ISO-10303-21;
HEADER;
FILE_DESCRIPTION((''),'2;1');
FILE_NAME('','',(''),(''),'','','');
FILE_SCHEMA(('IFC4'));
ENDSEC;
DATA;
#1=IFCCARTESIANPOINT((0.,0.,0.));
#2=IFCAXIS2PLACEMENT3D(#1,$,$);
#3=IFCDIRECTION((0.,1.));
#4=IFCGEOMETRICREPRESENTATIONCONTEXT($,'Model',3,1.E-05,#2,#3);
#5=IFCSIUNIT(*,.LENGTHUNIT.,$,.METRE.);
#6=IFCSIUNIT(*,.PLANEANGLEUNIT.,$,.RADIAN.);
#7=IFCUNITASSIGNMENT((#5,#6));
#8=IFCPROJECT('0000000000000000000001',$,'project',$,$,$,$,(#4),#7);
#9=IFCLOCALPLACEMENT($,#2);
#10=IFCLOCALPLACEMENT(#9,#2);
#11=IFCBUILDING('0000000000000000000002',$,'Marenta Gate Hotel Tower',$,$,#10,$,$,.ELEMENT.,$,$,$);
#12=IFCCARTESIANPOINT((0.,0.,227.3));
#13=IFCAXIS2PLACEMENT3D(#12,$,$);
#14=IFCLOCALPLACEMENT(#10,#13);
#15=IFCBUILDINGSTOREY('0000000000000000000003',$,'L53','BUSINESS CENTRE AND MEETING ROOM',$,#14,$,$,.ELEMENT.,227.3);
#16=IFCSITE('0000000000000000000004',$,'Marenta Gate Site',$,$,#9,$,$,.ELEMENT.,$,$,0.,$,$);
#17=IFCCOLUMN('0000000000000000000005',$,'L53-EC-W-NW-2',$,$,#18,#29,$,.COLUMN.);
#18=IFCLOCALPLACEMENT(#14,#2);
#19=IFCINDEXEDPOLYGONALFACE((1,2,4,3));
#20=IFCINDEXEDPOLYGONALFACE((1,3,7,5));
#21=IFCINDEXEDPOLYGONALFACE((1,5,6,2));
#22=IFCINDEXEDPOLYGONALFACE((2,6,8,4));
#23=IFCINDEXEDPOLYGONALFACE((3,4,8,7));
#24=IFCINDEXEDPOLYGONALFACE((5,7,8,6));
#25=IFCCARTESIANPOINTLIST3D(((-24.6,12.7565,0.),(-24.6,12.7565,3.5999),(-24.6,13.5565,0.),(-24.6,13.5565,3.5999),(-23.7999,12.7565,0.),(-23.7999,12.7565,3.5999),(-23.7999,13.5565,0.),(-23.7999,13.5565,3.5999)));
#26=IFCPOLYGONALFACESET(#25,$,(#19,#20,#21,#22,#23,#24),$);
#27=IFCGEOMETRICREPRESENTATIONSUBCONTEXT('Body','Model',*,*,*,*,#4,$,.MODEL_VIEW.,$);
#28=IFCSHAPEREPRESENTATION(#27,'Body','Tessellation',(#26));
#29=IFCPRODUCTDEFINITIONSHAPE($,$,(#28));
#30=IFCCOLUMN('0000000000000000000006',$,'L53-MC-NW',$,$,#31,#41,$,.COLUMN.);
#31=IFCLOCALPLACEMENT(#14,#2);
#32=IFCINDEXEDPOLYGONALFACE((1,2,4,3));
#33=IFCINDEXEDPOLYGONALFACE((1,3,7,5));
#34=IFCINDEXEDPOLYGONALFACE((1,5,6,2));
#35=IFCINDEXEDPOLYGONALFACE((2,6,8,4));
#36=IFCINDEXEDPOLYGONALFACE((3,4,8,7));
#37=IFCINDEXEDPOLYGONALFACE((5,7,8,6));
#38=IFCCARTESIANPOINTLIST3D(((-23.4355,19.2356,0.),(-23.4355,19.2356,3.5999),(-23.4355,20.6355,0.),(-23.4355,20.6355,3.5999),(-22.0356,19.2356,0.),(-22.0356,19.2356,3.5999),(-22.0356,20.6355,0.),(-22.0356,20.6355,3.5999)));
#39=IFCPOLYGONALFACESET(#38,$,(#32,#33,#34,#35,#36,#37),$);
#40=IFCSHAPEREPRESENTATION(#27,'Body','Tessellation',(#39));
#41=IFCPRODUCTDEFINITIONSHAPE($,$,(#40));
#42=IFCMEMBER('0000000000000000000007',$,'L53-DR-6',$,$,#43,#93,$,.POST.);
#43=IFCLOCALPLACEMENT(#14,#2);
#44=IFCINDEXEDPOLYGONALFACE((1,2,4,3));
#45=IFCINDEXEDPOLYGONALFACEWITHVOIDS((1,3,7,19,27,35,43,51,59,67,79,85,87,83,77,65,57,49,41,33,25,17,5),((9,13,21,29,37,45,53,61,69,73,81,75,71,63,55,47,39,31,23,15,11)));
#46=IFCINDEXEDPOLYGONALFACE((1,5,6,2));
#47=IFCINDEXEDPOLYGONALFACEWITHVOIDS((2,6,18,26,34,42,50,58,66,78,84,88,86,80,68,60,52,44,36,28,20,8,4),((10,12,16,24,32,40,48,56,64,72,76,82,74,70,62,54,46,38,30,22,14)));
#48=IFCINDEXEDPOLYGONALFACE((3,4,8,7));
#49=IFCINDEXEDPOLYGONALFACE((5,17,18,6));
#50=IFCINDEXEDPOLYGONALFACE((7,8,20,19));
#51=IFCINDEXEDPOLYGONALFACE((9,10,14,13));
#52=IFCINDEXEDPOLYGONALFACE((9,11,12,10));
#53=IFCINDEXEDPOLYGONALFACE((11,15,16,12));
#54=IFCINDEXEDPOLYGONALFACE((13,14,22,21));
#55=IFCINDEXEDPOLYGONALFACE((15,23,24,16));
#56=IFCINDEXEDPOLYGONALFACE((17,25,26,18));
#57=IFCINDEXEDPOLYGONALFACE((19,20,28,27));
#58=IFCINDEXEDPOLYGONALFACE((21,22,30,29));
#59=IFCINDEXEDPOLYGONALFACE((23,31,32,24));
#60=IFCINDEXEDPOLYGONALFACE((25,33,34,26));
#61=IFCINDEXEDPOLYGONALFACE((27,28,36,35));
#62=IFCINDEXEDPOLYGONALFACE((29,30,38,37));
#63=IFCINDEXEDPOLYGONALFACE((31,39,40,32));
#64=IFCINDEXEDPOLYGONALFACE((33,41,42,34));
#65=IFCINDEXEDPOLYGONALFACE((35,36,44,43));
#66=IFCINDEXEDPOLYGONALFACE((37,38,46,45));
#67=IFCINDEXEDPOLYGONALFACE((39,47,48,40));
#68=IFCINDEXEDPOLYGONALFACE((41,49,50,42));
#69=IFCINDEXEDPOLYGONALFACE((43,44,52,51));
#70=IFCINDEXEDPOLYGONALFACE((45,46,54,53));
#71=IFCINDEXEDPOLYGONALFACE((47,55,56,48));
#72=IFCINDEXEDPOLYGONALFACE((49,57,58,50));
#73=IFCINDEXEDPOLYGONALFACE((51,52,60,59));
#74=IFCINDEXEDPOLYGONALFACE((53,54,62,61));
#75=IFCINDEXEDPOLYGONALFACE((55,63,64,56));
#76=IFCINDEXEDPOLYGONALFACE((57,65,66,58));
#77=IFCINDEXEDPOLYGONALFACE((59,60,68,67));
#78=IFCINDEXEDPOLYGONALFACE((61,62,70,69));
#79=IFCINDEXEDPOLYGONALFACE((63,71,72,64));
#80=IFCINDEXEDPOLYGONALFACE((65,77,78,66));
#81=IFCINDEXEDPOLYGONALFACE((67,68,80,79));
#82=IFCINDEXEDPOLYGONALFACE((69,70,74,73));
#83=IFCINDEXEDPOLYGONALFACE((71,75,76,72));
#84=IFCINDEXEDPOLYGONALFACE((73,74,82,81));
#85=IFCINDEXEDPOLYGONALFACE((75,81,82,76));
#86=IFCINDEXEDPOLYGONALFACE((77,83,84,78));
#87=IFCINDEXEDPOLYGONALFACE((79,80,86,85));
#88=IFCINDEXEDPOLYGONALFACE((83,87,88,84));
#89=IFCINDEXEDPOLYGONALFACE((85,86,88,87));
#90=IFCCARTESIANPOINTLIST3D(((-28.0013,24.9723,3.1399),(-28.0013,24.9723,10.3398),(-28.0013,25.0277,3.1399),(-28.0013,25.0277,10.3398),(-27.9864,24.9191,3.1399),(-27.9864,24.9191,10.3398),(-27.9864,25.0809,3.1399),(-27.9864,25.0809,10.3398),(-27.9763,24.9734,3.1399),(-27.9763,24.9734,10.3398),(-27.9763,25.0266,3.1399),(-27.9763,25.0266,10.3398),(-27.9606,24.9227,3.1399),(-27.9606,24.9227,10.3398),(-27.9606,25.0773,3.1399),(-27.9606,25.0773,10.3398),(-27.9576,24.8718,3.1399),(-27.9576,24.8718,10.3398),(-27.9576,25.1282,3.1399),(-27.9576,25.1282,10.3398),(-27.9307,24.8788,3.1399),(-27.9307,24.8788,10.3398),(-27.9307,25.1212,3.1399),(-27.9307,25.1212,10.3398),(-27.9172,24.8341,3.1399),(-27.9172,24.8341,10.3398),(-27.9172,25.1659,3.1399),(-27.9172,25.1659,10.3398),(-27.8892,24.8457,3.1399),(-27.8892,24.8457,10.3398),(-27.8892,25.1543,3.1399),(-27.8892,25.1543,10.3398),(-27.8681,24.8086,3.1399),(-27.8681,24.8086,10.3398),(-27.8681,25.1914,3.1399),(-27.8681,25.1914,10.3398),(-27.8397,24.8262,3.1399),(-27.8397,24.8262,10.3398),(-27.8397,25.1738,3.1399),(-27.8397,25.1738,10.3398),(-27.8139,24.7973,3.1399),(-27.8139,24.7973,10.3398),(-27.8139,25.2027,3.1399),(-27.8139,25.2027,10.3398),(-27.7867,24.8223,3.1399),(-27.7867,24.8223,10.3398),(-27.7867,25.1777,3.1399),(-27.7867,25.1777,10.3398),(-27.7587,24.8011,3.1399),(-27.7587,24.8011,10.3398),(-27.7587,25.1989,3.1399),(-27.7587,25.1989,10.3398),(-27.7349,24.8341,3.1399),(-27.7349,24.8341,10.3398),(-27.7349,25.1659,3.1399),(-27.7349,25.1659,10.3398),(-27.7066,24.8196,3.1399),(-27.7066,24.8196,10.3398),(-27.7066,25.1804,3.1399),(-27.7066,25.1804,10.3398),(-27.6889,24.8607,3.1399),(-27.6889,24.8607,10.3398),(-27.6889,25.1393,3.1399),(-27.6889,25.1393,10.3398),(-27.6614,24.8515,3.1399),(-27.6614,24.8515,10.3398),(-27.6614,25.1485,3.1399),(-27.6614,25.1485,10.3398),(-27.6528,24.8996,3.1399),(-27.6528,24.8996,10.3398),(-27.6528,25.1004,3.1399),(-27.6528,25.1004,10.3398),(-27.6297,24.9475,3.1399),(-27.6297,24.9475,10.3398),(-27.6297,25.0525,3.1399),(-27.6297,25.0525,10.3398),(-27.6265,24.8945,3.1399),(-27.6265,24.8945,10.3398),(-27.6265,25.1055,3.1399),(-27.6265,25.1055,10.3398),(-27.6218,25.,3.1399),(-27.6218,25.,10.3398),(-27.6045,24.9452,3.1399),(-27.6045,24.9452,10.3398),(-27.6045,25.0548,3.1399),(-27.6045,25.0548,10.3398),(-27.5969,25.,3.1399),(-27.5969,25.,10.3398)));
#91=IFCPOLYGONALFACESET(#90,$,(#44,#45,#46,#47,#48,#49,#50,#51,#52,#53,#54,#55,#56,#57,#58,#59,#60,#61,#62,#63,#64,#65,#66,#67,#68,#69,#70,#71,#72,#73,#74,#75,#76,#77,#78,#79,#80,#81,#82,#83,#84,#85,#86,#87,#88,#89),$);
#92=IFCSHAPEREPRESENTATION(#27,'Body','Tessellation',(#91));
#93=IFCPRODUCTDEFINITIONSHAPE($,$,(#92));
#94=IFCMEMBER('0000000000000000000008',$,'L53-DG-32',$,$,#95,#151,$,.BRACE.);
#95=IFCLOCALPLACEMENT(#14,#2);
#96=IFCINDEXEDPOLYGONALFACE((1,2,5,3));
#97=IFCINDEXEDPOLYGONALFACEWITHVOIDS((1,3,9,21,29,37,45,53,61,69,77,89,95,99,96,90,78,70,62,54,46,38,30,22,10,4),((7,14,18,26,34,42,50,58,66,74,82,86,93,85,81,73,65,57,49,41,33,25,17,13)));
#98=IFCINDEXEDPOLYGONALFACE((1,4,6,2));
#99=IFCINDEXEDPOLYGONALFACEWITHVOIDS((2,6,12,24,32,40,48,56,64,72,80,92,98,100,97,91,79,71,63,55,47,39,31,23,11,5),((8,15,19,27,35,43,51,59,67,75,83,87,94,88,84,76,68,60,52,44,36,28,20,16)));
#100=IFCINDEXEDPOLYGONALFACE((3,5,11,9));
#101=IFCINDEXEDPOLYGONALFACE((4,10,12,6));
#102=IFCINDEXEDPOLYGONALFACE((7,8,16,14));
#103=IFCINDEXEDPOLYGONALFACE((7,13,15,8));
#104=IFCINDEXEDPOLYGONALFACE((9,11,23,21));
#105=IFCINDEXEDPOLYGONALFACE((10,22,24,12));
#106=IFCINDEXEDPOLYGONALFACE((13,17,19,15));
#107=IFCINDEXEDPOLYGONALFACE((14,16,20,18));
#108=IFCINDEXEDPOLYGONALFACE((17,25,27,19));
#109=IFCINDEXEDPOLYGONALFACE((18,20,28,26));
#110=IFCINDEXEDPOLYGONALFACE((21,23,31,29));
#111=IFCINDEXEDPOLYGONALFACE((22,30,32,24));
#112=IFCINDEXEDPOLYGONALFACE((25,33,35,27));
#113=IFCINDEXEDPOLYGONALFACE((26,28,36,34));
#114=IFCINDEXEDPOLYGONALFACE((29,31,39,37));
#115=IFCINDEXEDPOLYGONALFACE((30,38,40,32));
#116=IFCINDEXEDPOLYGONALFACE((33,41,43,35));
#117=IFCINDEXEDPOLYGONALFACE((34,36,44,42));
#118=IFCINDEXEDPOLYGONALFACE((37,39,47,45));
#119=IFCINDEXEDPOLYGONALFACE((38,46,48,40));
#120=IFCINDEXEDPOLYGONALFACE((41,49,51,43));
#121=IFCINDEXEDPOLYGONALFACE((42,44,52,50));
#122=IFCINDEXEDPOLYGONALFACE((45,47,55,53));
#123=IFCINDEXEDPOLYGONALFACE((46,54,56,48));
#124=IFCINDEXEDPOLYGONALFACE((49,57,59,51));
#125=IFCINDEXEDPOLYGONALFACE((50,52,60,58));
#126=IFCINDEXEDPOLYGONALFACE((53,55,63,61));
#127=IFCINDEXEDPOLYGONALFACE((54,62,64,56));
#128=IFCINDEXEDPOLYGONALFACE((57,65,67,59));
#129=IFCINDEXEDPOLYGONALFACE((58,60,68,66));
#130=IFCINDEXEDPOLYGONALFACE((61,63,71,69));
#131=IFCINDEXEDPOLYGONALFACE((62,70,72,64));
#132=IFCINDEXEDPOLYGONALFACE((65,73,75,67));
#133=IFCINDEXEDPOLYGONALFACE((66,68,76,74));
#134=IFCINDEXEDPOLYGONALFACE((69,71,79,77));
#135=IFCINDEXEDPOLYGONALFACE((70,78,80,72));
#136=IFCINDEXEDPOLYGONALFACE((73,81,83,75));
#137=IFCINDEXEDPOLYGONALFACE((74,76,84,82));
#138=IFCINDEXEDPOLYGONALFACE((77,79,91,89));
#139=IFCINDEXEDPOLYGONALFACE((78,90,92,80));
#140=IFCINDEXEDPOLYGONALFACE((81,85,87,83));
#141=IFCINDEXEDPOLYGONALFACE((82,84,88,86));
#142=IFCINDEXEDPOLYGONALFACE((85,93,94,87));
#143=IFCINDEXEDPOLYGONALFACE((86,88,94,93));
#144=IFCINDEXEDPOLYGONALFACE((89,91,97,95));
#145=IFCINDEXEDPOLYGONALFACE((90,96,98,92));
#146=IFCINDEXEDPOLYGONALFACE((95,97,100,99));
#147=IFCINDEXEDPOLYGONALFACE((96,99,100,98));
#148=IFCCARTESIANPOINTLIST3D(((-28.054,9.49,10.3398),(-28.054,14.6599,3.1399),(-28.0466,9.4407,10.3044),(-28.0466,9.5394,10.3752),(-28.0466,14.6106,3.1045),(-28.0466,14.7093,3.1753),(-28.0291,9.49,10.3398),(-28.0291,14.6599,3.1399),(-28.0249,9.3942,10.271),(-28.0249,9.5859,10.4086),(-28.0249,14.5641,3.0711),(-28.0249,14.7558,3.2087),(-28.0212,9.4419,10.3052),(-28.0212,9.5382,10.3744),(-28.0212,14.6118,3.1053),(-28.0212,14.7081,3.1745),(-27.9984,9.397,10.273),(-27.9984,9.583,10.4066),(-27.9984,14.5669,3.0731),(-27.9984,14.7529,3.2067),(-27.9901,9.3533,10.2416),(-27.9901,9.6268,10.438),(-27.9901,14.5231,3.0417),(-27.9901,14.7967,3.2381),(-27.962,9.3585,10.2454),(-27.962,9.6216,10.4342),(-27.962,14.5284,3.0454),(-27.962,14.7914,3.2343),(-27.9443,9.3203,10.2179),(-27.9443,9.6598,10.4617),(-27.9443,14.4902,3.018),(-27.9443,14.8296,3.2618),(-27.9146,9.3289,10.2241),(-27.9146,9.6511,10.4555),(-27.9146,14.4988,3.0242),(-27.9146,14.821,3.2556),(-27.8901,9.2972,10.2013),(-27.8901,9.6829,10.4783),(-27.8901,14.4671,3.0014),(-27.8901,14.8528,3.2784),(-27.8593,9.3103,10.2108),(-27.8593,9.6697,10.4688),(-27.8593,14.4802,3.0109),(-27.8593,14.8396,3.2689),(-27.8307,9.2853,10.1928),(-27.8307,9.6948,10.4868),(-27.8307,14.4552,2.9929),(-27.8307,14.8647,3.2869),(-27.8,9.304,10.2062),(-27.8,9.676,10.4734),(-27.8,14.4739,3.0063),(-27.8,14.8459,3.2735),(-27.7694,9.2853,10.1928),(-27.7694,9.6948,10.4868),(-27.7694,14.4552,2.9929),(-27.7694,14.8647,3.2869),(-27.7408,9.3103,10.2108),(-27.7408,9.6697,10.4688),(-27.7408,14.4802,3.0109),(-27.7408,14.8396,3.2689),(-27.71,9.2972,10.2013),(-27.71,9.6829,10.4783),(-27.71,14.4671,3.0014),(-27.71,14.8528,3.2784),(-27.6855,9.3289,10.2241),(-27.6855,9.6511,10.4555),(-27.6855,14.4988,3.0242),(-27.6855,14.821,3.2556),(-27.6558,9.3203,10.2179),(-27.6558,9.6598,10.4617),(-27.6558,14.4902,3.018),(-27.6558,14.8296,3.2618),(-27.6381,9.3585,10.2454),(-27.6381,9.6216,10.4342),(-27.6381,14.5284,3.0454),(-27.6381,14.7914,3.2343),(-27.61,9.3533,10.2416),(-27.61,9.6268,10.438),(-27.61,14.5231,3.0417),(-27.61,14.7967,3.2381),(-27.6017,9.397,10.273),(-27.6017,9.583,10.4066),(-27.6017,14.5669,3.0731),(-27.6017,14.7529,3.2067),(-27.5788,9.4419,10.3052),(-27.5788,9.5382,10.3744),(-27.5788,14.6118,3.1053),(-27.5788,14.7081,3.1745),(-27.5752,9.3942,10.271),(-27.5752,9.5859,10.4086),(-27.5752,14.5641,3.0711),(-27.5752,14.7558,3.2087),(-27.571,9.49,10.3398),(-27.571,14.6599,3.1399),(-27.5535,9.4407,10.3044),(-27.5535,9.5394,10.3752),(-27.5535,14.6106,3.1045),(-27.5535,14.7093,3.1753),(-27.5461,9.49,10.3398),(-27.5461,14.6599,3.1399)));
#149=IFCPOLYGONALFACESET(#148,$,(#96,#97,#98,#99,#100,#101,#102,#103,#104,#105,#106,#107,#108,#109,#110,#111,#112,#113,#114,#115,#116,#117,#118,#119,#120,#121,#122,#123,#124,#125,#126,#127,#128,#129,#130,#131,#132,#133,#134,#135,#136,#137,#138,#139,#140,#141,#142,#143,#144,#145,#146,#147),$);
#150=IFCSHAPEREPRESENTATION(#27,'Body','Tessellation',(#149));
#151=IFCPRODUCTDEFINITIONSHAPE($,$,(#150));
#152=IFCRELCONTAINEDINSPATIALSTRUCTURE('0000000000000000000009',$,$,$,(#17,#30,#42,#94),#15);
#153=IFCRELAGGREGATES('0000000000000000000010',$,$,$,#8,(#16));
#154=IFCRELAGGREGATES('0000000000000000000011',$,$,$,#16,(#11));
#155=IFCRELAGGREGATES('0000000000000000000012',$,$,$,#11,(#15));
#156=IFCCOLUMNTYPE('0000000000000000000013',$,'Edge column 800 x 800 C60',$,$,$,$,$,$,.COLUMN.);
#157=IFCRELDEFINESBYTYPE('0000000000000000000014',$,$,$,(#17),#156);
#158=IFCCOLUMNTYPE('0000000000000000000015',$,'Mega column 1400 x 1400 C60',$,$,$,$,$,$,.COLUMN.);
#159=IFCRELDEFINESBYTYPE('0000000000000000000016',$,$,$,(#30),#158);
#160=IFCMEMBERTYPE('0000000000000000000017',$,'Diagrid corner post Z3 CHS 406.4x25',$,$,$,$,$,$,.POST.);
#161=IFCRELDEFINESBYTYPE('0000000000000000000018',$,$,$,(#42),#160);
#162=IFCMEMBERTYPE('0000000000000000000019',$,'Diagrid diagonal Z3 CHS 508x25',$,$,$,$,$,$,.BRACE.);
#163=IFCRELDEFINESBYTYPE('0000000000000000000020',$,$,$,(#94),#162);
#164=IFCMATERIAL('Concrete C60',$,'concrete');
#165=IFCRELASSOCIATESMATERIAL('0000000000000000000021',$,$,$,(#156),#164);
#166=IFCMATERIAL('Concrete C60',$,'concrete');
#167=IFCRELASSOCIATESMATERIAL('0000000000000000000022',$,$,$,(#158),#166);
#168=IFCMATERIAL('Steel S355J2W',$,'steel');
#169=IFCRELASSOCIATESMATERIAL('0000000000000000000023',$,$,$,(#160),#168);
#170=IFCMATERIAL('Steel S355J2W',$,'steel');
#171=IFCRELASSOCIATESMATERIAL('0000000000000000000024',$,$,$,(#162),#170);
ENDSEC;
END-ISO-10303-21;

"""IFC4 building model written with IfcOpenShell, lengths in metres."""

from ifc_helpers import new_model, si_unit, direction, frame, origin, origin_2d, place, context, subcontext, project, spatial, rectangle, hollow_circle, extrude, material, material_profile, profile_set, type_object, element, save


model = new_model("IFC4")

# Units and contexts
model_context = context("Model", 3, precision=1e-05, world=origin(), true_north=direction((0.0, 1.0)))
body_context = subcontext(model_context, "Body", "Model", "MODEL_VIEW")
ifc_project = project(units=[si_unit("LENGTHUNIT", "METRE"), si_unit("PLANEANGLEUNIT", "RADIAN")], contexts=[model_context])

# Site, building, storey
site_placement = place(None, origin())
site = spatial("IfcSite", under=ifc_project, at=site_placement, Name="Marenta Gate Site", CompositionType="ELEMENT", RefElevation=0.0)
building_placement = place(site_placement, origin())
building = spatial("IfcBuilding", under=site, at=building_placement, Name="Marenta Gate Hotel Tower", CompositionType="ELEMENT")
storey_placement = place(building_placement, frame((0.0, 0.0, 227.3)))
storey = spatial("IfcBuildingStorey", under=building, at=storey_placement, Name="L53", Description="BUSINESS CENTRE AND MEETING ROOM", CompositionType="ELEMENT", Elevation=227.3)

# Columns
ifc_material_1 = material(Name="Concrete C60", Category="concrete")
ifc_material_profile_1 = material_profile(ifc_material_1, rectangle(XDim=0.8, YDim=0.8, at=origin_2d()), Name="800 x 800")
ifc_profile_set_1 = profile_set([ifc_material_profile_1], Name="Concrete C60")
column_type_1 = type_object("IfcColumnType", Name="Edge column 800 x 800 C60", PredefinedType="COLUMN", material=ifc_profile_set_1)
column_1_placement = place(storey_placement, frame((-24.2, 13.1565, 0.0), z_axis=(0.0, 0.0, 1.0), x_axis=(1.0, 0.0, 0.0)))
element("IfcColumn", 1, at=column_1_placement, inside=storey, type_object=column_type_1, Name="L53-EC-W-NW-2", PredefinedType="COLUMN", context=body_context, shape_type="SweptSolid", body=[
    extrude(rectangle(XDim=0.8, YDim=0.8, at=origin_2d()), origin(), (0.0, 0.0, 1.0), 3.5999),
])
ifc_material_2 = material(Name="Concrete C60", Category="concrete")
ifc_material_profile_2 = material_profile(ifc_material_2, rectangle(XDim=1.3999, YDim=1.3999, at=origin_2d()), Name="1400 x 1400")
ifc_profile_set_2 = profile_set([ifc_material_profile_2], Name="Concrete C60")
column_type_2 = type_object("IfcColumnType", Name="Mega column 1400 x 1400 C60", PredefinedType="COLUMN", material=ifc_profile_set_2)
column_2_placement = place(storey_placement, frame((-22.7356, 19.9355, 0.0), z_axis=(0.0, 0.0, 1.0), x_axis=(1.0, 0.0, 0.0)))
element("IfcColumn", 2, at=column_2_placement, inside=storey, type_object=column_type_2, Name="L53-MC-NW", PredefinedType="COLUMN", context=body_context, shape_type="SweptSolid", body=[
    extrude(rectangle(XDim=1.3999, YDim=1.3999, at=origin_2d()), origin(), (0.0, 0.0, 1.0), 3.5999),
])

# Members
ifc_material_3 = material(Name="Steel S355J2W", Category="steel")
ifc_material_profile_3 = material_profile(ifc_material_3, hollow_circle(Radius=0.2031, WallThickness=0.0249, at=origin_2d()), Name="CHS 406.4x25")
ifc_profile_set_3 = profile_set([ifc_material_profile_3], Name="Steel S355J2W")
member_type_1 = type_object("IfcMemberType", Name="Diagrid corner post Z3 CHS 406.4x25", PredefinedType="POST", material=ifc_profile_set_3)
member_1_placement = place(storey_placement, frame((-27.8, 25.0, 3.1399), z_axis=(0.0, 0.0, 1.0), x_axis=(1.0, 0.0, 0.0)))
element("IfcMember", 3, at=member_1_placement, inside=storey, type_object=member_type_1, Name="L53-DR-6", PredefinedType="POST", context=body_context, shape_type="SweptSolid", body=[
    extrude(hollow_circle(Radius=0.2031, WallThickness=0.0249, at=origin_2d()), origin(), (0.0, 0.0, 1.0), 7.2),
])
ifc_material_4 = material(Name="Steel S355J2W", Category="steel")
ifc_material_profile_4 = material_profile(ifc_material_4, hollow_circle(Radius=0.2539, WallThickness=0.0249, at=origin_2d()), Name="CHS 508x25")
ifc_profile_set_4 = profile_set([ifc_material_profile_4], Name="Steel S355J2W")
member_type_2 = type_object("IfcMemberType", Name="Diagrid diagonal Z3 CHS 508x25", PredefinedType="BRACE", material=ifc_profile_set_4)
member_2_placement = place(storey_placement, frame((-27.8, 14.6599, 3.1399), z_axis=(0.0, -0.583261, 0.812285), x_axis=(1.0, 0.0, 0.0)))
element("IfcMember", 4, at=member_2_placement, inside=storey, type_object=member_type_2, Name="L53-DG-32", PredefinedType="BRACE", context=body_context, shape_type="SweptSolid", body=[
    extrude(hollow_circle(Radius=0.2539, WallThickness=0.0249, at=origin_2d()), origin(), (0.0, 0.0, 1.0), 8.8638),
])

save(model, "model.ifc")
